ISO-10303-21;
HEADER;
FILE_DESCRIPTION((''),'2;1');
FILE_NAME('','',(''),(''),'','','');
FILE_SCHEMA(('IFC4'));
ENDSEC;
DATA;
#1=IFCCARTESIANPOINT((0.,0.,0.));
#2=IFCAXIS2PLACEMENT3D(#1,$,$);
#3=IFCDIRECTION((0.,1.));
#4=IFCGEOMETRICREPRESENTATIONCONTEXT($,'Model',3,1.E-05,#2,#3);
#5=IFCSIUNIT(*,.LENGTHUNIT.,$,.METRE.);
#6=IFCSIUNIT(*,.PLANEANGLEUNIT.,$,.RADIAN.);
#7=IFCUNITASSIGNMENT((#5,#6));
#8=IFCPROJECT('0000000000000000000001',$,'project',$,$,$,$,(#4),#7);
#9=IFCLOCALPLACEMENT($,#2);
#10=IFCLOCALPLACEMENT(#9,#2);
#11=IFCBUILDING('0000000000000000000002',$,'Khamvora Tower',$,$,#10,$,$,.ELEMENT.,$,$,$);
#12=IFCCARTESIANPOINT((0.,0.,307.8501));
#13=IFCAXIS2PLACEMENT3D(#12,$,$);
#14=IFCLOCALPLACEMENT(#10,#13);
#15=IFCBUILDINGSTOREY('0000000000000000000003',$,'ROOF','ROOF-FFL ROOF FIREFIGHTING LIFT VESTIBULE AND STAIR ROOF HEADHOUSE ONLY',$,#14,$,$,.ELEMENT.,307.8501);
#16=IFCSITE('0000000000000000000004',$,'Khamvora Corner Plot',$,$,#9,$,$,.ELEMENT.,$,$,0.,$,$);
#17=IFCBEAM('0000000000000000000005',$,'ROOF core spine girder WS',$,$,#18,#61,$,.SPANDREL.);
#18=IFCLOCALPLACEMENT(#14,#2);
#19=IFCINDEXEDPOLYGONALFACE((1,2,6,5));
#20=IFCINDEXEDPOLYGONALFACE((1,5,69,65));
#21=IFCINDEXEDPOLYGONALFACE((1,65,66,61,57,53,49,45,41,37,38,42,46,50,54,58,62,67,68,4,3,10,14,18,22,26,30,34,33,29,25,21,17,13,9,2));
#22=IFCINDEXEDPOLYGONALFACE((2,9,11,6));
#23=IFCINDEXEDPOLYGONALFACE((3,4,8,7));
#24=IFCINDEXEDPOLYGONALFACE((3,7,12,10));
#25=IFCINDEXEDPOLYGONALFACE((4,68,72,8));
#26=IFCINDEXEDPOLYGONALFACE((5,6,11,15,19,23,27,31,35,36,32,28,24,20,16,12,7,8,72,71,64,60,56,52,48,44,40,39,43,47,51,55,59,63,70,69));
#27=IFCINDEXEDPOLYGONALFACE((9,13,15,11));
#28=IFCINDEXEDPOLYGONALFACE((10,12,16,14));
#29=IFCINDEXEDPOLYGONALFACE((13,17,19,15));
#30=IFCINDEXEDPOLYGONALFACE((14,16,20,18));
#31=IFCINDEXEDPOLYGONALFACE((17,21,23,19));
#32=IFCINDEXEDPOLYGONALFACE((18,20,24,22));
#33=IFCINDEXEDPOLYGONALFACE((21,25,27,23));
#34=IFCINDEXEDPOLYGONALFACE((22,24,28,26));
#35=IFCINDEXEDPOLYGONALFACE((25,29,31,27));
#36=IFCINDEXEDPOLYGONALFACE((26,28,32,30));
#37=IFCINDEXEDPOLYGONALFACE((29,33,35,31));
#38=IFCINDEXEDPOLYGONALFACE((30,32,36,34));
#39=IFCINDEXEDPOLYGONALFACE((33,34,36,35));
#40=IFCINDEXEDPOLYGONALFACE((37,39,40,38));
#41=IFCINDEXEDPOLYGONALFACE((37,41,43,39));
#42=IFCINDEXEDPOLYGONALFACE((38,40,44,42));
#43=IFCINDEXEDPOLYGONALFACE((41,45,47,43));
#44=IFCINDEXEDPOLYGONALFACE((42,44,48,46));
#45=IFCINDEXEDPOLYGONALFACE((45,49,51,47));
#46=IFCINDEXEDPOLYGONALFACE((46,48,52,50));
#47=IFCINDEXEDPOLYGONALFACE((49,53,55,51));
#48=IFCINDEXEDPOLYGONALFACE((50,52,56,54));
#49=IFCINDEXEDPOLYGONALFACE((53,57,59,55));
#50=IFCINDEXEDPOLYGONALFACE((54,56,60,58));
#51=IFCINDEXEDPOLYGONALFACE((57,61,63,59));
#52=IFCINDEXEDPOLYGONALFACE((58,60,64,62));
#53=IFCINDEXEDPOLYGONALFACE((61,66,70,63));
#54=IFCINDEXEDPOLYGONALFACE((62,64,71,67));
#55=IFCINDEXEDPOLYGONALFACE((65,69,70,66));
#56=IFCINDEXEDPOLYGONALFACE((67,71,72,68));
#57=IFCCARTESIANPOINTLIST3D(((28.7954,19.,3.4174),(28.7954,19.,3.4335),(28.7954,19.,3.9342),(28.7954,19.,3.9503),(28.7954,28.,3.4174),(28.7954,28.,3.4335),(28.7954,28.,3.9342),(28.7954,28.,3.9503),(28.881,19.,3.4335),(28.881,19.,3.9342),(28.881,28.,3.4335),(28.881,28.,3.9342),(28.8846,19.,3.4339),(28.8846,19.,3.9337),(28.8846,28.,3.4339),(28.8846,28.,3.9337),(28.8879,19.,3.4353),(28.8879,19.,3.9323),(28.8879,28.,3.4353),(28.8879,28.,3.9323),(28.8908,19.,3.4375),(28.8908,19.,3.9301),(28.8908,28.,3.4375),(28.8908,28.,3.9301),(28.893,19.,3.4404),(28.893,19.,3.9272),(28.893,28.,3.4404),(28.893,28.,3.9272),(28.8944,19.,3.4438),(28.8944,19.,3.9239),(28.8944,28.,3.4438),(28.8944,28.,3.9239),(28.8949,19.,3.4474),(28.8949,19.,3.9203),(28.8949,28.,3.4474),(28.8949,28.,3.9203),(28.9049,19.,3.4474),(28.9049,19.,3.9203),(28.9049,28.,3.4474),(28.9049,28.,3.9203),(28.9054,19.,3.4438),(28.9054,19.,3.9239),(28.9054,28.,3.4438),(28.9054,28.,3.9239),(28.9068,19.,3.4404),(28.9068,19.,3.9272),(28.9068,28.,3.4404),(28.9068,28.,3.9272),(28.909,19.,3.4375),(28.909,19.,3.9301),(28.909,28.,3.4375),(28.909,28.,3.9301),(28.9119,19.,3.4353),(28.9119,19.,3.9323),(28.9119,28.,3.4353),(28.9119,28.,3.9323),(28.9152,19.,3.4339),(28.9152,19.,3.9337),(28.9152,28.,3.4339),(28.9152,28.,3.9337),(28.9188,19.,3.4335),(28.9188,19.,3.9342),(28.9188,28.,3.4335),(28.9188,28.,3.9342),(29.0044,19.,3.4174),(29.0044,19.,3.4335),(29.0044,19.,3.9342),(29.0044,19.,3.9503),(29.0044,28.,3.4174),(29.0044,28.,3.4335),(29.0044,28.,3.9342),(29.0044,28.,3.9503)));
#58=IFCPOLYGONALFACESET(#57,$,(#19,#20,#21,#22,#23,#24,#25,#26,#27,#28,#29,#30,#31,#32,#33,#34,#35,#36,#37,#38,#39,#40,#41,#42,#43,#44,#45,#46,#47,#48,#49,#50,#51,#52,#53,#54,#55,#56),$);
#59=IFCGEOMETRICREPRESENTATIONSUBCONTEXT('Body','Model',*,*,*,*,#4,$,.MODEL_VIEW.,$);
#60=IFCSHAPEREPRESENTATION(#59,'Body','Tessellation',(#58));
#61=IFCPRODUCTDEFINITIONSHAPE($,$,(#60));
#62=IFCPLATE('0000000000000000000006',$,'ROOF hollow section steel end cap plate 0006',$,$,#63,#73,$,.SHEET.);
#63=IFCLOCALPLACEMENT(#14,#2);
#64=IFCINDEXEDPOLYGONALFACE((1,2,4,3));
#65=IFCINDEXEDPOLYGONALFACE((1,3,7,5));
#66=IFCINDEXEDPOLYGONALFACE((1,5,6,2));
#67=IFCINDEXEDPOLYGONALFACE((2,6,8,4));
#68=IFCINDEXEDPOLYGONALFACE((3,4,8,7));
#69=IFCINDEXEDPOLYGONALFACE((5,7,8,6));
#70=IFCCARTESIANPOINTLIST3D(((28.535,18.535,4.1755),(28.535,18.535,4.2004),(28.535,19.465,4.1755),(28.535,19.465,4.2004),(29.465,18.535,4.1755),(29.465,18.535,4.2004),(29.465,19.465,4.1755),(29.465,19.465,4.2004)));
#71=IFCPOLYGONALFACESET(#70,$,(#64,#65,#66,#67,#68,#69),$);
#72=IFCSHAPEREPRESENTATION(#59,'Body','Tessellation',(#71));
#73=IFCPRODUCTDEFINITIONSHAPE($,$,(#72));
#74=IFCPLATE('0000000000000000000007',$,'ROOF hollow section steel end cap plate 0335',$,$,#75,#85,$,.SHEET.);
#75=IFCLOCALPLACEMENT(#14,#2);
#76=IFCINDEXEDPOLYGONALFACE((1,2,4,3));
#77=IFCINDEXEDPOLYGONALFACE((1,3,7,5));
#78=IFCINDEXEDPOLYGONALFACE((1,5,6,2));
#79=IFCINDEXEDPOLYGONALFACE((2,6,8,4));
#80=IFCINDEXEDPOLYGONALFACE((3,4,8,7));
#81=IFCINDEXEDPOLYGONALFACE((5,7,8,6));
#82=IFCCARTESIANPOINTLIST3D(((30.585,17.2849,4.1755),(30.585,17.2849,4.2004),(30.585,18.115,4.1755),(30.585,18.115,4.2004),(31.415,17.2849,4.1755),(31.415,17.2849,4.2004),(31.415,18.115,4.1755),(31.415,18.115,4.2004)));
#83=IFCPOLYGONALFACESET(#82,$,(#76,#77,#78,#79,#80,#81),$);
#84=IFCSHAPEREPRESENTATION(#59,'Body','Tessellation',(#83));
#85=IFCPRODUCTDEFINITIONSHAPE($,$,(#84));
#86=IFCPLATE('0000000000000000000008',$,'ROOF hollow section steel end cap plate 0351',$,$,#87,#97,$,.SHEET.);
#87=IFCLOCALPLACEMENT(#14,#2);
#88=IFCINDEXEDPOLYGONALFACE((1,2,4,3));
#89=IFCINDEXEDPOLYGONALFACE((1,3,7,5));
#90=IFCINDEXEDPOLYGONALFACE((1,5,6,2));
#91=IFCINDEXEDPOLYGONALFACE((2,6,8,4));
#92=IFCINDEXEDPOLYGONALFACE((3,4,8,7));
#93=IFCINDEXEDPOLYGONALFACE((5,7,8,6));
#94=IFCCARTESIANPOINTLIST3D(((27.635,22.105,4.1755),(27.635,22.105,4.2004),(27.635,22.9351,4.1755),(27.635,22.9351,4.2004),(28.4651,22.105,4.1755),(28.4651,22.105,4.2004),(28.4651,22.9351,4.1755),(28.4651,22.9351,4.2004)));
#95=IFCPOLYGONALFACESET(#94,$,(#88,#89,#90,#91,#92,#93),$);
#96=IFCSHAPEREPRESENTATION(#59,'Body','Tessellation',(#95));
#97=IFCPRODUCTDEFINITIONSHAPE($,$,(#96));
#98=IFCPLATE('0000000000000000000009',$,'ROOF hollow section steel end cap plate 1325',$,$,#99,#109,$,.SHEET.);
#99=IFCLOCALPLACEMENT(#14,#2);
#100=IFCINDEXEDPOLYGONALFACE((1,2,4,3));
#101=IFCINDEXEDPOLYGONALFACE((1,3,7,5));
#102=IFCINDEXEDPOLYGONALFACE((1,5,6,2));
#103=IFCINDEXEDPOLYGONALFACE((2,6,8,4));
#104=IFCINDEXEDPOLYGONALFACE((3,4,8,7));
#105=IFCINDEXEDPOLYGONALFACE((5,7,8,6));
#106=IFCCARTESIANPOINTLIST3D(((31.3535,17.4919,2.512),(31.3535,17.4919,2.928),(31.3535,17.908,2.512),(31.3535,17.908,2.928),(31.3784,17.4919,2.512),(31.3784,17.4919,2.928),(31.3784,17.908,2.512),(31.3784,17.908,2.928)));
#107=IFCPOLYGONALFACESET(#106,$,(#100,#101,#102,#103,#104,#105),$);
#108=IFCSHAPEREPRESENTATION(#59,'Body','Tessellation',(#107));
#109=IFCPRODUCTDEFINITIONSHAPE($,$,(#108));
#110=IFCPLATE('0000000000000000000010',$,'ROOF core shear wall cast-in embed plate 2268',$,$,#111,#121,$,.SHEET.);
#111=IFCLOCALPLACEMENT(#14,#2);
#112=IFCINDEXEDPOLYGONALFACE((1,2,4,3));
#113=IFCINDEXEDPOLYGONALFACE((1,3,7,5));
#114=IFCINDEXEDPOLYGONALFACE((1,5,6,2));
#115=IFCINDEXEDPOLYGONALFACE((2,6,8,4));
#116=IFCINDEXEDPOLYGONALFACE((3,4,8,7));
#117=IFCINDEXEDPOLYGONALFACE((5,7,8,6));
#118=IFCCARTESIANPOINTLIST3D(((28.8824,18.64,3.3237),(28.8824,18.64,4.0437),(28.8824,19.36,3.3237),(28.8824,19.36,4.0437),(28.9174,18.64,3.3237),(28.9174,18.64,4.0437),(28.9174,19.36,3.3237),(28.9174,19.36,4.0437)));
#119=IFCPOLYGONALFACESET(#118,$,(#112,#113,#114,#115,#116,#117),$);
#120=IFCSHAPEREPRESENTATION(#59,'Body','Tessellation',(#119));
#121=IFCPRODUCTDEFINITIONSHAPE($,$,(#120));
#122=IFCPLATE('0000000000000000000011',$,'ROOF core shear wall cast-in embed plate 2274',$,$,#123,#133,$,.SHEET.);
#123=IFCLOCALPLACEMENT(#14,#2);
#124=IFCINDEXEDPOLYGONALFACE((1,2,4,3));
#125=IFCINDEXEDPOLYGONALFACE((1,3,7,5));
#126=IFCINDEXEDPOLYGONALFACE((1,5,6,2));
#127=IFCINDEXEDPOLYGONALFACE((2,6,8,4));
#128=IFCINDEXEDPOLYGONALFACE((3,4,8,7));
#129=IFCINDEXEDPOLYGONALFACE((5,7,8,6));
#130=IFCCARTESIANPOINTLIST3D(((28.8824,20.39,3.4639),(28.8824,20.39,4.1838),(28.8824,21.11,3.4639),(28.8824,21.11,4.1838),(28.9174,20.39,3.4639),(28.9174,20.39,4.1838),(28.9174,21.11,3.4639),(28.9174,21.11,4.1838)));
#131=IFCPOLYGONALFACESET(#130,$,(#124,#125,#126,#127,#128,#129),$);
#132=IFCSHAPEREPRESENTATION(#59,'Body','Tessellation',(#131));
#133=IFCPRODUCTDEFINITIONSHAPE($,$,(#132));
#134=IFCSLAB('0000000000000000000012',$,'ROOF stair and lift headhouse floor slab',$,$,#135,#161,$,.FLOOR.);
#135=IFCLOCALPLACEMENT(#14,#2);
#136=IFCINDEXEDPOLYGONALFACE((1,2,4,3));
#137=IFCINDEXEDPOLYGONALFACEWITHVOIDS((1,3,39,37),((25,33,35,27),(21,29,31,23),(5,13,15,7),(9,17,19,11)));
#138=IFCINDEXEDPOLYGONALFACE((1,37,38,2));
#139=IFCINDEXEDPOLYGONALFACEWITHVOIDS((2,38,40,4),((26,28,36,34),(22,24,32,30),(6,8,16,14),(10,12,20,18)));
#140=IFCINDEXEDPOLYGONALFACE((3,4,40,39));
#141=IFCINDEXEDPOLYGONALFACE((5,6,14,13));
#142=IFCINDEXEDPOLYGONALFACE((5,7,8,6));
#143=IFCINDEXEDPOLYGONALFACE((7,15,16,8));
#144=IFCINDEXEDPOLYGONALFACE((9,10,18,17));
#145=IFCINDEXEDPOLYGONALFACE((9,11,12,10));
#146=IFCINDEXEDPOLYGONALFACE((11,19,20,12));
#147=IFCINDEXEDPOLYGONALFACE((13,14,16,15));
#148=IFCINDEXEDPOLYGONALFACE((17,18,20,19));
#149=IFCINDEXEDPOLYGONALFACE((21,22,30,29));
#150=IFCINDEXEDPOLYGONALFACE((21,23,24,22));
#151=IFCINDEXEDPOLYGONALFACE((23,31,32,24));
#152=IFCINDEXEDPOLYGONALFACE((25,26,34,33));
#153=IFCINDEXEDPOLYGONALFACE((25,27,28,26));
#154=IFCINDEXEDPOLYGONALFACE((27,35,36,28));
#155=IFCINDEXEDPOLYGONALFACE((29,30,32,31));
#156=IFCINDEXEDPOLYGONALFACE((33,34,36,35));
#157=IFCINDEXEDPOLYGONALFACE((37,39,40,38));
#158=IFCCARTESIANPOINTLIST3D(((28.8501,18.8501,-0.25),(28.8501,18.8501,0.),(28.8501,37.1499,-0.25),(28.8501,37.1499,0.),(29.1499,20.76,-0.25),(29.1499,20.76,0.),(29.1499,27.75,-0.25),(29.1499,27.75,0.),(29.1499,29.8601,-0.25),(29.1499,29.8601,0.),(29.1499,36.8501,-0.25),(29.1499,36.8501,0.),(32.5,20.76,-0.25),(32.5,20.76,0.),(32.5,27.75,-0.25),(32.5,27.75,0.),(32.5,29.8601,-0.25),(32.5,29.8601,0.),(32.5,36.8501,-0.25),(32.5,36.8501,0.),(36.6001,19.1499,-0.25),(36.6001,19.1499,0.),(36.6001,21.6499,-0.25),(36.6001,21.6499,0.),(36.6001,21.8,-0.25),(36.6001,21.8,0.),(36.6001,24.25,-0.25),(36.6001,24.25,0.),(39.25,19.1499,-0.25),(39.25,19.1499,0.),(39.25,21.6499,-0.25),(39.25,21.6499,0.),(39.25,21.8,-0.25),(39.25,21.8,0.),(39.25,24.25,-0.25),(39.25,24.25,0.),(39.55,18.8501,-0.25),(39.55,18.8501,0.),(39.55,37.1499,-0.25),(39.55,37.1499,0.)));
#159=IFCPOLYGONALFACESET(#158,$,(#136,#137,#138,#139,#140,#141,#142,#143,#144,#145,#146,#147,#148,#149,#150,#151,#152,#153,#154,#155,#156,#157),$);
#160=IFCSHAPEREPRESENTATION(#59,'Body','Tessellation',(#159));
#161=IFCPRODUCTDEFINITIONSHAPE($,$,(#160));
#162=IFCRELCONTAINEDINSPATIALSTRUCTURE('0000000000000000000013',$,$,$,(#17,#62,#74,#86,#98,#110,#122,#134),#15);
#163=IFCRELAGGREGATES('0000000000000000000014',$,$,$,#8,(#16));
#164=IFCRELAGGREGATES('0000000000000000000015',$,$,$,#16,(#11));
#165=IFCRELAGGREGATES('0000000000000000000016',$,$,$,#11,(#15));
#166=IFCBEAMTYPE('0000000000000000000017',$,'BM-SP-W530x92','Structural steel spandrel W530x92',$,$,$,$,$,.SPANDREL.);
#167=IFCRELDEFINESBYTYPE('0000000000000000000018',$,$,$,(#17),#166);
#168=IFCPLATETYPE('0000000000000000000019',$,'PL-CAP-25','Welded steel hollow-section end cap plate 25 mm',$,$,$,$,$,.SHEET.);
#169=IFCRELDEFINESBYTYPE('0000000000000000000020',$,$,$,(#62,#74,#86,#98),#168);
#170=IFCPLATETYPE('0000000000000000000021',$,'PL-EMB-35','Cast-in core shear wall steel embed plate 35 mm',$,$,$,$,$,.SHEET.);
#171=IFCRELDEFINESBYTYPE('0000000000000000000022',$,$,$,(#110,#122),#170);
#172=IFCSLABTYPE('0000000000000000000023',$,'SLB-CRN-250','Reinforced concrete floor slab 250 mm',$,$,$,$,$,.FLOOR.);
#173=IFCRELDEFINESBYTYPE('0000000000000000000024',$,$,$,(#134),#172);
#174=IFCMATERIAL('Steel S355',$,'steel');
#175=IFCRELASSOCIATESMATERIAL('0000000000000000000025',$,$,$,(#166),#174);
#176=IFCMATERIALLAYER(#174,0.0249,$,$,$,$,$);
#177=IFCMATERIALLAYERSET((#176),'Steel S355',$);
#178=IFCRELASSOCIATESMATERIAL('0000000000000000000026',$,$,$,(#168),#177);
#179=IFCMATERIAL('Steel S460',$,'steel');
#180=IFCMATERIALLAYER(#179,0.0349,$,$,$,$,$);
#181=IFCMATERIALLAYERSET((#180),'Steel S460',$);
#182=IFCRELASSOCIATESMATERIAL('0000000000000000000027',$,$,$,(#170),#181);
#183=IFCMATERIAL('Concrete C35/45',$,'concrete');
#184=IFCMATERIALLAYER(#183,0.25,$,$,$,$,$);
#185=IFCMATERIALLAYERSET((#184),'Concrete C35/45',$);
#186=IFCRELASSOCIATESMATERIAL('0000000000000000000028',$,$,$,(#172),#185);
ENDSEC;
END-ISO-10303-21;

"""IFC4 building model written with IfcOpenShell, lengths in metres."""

from ifc_helpers import new_model, si_unit, direction, frame, origin, origin_2d, place, context, subcontext, project, spatial, polyline, rectangle, i_section, outline, extrude, material, layer, layer_set, material_profile, profile_set, type_object, element, save


model = new_model("IFC4")

# Units and contexts
model_context = context("Model", 3, precision=1e-05, world=origin(), true_north=direction((0.0, 1.0)))
body_context = subcontext(model_context, "Body", "Model", "MODEL_VIEW")
ifc_project = project(units=[si_unit("LENGTHUNIT", "METRE"), si_unit("PLANEANGLEUNIT", "RADIAN")], contexts=[model_context])

# Site, building, storey
site_placement = place(None, origin())
site = spatial("IfcSite", under=ifc_project, at=site_placement, Name="Khamvora Corner Plot", CompositionType="ELEMENT", RefElevation=0.0)
building_placement = place(site_placement, origin())
building = spatial("IfcBuilding", under=site, at=building_placement, Name="Khamvora Tower", CompositionType="ELEMENT")
storey_placement = place(building_placement, frame((0.0, 0.0, 307.8501)))
storey = spatial("IfcBuildingStorey", under=building, at=storey_placement, Name="ROOF", Description="ROOF-FFL ROOF FIREFIGHTING LIFT VESTIBULE AND STAIR ROOF HEADHOUSE ONLY", CompositionType="ELEMENT", Elevation=307.8501)

# Shared definitions
ifc_material_1 = material(Name="Steel S355", Category="steel")

# Beam
ifc_material_profile_1 = material_profile(ifc_material_1, i_section(OverallWidth=0.209, OverallDepth=0.533, WebThickness=0.01, FlangeThickness=0.0161, FilletRadius=0.0139, at=origin_2d()), Name="W530x92")
ifc_profile_set_1 = profile_set([ifc_material_profile_1], Name="Steel S355")
beam_type_1 = type_object("IfcBeamType", Name="BM-SP-W530x92", Description="Structural steel spandrel W530x92", PredefinedType="SPANDREL", material=ifc_profile_set_1)
beam_1_placement = place(storey_placement, frame((28.8999, 19.0, 3.6838), z_axis=(0.0, 1.0, 0.0), x_axis=(-1.0, 0.0, 0.0)))
element("IfcBeam", 1, at=beam_1_placement, inside=storey, type_object=beam_type_1, Name="ROOF core spine girder WS", PredefinedType="SPANDREL", context=body_context, shape_type="SweptSolid", body=[
    extrude(i_section(OverallWidth=0.209, OverallDepth=0.533, WebThickness=0.01, FlangeThickness=0.0161, FilletRadius=0.0139, at=origin_2d()), origin(), (0.0, 0.0, 1.0), 9.0),
])

# Plates
ifc_layer_1 = layer(ifc_material_1, 0.0249)
ifc_layer_set_1 = layer_set([ifc_layer_1], Name="Steel S355")
plate_type_1 = type_object("IfcPlateType", Name="PL-CAP-25", Description="Welded steel hollow-section end cap plate 25 mm", PredefinedType="SHEET", material=ifc_layer_set_1)
plate_1_placement = place(storey_placement, frame((29.0, 19.0, 4.1755), z_axis=(0.0, 0.0, 1.0), x_axis=(1.0, 0.0, 0.0)))
element("IfcPlate", 2, at=plate_1_placement, inside=storey, type_object=plate_type_1, Name="ROOF hollow section steel end cap plate 0006", PredefinedType="SHEET", context=body_context, shape_type="SweptSolid", body=[
    extrude(rectangle(XDim=0.9299, YDim=0.9299, at=origin_2d()), origin(), (0.0, 0.0, 1.0), 0.0249),
])
for number, where, z_axis, x_axis, name in (
    (3, (31.0, 17.7, 4.1755), (0.0, 0.0, 1.0), (1.0, 0.0, 0.0), "ROOF hollow section steel end cap plate 0335"),
    (4, (28.05, 22.52, 4.1755), (0.0, 0.0, 1.0), (1.0, 0.0, 0.0), "ROOF hollow section steel end cap plate 0351"),
):
    element("IfcPlate", number, at=place(storey_placement, frame(where, z_axis=z_axis, x_axis=x_axis)), inside=storey, type_object=plate_type_1, Name=name, PredefinedType="SHEET", context=body_context, shape_type="SweptSolid", body=[
        extrude(rectangle(XDim=0.8301, YDim=0.8301, at=origin_2d()), origin(), (0.0, 0.0, 1.0), 0.0249),
    ])
plate_2_placement = place(storey_placement, frame((31.366, 17.7, 2.512), z_axis=(0.0, 0.0, 1.0), x_axis=(1.0, 0.0, 0.0)))
element("IfcPlate", 5, at=plate_2_placement, inside=storey, type_object=plate_type_1, Name="ROOF hollow section steel end cap plate 1325", PredefinedType="SHEET", context=body_context, shape_type="SweptSolid", body=[
    extrude(rectangle(XDim=0.0249, YDim=0.416, at=origin_2d()), origin(), (0.0, 0.0, 1.0), 0.416),
])
ifc_material_2 = material(Name="Steel S460", Category="steel")
ifc_layer_2 = layer(ifc_material_2, 0.0349)
ifc_layer_set_2 = layer_set([ifc_layer_2], Name="Steel S460")
plate_type_2 = type_object("IfcPlateType", Name="PL-EMB-35", Description="Cast-in core shear wall steel embed plate 35 mm", PredefinedType="SHEET", material=ifc_layer_set_2)
for number, where, z_axis, x_axis, name in (
    (6, (28.8999, 19.0, 3.3237), (0.0, 0.0, 1.0), (1.0, 0.0, 0.0), "ROOF core shear wall cast-in embed plate 2268"),
    (7, (28.8999, 20.75, 3.4639), (0.0, 0.0, 1.0), (1.0, 0.0, 0.0), "ROOF core shear wall cast-in embed plate 2274"),
):
    element("IfcPlate", number, at=place(storey_placement, frame(where, z_axis=z_axis, x_axis=x_axis)), inside=storey, type_object=plate_type_2, Name=name, PredefinedType="SHEET", context=body_context, shape_type="SweptSolid", body=[
        extrude(rectangle(XDim=0.0349, YDim=0.72, at=origin_2d()), origin(), (0.0, 0.0, 1.0), 0.72),
    ])

# Slab
ifc_material_3 = material(Name="Concrete C35/45", Category="concrete")
ifc_layer_3 = layer(ifc_material_3, 0.25)
ifc_layer_set_3 = layer_set([ifc_layer_3], Name="Concrete C35/45")
slab_type_1 = type_object("IfcSlabType", Name="SLB-CRN-250", Description="Reinforced concrete floor slab 250 mm", PredefinedType="FLOOR", material=ifc_layer_set_3)
slab_1_placement = place(storey_placement, frame((0.0, 0.0, -0.25)))
element("IfcSlab", 8, at=slab_1_placement, inside=storey, type_object=slab_type_1, Name="ROOF stair and lift headhouse floor slab", PredefinedType="FLOOR", context=body_context, shape_type="SweptSolid", body=[
    extrude(outline(polyline([(28.8501, 18.8501), (39.55, 18.8501), (39.55, 37.1499), (28.8501, 37.1499), (28.8501, 18.8501)]), holes=[polyline([(32.5, 20.76), (32.5, 27.75), (29.1499, 27.75), (29.1499, 20.76), (32.5, 20.76)]), polyline([(32.5, 29.8601), (32.5, 36.8501), (29.1499, 36.8501), (29.1499, 29.8601), (32.5, 29.8601)]), polyline([(36.6001, 19.1499), (39.25, 19.1499), (39.25, 21.6499), (36.6001, 21.6499), (36.6001, 19.1499)]), polyline([(36.6001, 21.8), (39.25, 21.8), (39.25, 24.25), (36.6001, 24.25), (36.6001, 21.8)])]), origin(), (0.0, 0.0, 1.0), 0.25),
])

save(model, "model.ifc")
